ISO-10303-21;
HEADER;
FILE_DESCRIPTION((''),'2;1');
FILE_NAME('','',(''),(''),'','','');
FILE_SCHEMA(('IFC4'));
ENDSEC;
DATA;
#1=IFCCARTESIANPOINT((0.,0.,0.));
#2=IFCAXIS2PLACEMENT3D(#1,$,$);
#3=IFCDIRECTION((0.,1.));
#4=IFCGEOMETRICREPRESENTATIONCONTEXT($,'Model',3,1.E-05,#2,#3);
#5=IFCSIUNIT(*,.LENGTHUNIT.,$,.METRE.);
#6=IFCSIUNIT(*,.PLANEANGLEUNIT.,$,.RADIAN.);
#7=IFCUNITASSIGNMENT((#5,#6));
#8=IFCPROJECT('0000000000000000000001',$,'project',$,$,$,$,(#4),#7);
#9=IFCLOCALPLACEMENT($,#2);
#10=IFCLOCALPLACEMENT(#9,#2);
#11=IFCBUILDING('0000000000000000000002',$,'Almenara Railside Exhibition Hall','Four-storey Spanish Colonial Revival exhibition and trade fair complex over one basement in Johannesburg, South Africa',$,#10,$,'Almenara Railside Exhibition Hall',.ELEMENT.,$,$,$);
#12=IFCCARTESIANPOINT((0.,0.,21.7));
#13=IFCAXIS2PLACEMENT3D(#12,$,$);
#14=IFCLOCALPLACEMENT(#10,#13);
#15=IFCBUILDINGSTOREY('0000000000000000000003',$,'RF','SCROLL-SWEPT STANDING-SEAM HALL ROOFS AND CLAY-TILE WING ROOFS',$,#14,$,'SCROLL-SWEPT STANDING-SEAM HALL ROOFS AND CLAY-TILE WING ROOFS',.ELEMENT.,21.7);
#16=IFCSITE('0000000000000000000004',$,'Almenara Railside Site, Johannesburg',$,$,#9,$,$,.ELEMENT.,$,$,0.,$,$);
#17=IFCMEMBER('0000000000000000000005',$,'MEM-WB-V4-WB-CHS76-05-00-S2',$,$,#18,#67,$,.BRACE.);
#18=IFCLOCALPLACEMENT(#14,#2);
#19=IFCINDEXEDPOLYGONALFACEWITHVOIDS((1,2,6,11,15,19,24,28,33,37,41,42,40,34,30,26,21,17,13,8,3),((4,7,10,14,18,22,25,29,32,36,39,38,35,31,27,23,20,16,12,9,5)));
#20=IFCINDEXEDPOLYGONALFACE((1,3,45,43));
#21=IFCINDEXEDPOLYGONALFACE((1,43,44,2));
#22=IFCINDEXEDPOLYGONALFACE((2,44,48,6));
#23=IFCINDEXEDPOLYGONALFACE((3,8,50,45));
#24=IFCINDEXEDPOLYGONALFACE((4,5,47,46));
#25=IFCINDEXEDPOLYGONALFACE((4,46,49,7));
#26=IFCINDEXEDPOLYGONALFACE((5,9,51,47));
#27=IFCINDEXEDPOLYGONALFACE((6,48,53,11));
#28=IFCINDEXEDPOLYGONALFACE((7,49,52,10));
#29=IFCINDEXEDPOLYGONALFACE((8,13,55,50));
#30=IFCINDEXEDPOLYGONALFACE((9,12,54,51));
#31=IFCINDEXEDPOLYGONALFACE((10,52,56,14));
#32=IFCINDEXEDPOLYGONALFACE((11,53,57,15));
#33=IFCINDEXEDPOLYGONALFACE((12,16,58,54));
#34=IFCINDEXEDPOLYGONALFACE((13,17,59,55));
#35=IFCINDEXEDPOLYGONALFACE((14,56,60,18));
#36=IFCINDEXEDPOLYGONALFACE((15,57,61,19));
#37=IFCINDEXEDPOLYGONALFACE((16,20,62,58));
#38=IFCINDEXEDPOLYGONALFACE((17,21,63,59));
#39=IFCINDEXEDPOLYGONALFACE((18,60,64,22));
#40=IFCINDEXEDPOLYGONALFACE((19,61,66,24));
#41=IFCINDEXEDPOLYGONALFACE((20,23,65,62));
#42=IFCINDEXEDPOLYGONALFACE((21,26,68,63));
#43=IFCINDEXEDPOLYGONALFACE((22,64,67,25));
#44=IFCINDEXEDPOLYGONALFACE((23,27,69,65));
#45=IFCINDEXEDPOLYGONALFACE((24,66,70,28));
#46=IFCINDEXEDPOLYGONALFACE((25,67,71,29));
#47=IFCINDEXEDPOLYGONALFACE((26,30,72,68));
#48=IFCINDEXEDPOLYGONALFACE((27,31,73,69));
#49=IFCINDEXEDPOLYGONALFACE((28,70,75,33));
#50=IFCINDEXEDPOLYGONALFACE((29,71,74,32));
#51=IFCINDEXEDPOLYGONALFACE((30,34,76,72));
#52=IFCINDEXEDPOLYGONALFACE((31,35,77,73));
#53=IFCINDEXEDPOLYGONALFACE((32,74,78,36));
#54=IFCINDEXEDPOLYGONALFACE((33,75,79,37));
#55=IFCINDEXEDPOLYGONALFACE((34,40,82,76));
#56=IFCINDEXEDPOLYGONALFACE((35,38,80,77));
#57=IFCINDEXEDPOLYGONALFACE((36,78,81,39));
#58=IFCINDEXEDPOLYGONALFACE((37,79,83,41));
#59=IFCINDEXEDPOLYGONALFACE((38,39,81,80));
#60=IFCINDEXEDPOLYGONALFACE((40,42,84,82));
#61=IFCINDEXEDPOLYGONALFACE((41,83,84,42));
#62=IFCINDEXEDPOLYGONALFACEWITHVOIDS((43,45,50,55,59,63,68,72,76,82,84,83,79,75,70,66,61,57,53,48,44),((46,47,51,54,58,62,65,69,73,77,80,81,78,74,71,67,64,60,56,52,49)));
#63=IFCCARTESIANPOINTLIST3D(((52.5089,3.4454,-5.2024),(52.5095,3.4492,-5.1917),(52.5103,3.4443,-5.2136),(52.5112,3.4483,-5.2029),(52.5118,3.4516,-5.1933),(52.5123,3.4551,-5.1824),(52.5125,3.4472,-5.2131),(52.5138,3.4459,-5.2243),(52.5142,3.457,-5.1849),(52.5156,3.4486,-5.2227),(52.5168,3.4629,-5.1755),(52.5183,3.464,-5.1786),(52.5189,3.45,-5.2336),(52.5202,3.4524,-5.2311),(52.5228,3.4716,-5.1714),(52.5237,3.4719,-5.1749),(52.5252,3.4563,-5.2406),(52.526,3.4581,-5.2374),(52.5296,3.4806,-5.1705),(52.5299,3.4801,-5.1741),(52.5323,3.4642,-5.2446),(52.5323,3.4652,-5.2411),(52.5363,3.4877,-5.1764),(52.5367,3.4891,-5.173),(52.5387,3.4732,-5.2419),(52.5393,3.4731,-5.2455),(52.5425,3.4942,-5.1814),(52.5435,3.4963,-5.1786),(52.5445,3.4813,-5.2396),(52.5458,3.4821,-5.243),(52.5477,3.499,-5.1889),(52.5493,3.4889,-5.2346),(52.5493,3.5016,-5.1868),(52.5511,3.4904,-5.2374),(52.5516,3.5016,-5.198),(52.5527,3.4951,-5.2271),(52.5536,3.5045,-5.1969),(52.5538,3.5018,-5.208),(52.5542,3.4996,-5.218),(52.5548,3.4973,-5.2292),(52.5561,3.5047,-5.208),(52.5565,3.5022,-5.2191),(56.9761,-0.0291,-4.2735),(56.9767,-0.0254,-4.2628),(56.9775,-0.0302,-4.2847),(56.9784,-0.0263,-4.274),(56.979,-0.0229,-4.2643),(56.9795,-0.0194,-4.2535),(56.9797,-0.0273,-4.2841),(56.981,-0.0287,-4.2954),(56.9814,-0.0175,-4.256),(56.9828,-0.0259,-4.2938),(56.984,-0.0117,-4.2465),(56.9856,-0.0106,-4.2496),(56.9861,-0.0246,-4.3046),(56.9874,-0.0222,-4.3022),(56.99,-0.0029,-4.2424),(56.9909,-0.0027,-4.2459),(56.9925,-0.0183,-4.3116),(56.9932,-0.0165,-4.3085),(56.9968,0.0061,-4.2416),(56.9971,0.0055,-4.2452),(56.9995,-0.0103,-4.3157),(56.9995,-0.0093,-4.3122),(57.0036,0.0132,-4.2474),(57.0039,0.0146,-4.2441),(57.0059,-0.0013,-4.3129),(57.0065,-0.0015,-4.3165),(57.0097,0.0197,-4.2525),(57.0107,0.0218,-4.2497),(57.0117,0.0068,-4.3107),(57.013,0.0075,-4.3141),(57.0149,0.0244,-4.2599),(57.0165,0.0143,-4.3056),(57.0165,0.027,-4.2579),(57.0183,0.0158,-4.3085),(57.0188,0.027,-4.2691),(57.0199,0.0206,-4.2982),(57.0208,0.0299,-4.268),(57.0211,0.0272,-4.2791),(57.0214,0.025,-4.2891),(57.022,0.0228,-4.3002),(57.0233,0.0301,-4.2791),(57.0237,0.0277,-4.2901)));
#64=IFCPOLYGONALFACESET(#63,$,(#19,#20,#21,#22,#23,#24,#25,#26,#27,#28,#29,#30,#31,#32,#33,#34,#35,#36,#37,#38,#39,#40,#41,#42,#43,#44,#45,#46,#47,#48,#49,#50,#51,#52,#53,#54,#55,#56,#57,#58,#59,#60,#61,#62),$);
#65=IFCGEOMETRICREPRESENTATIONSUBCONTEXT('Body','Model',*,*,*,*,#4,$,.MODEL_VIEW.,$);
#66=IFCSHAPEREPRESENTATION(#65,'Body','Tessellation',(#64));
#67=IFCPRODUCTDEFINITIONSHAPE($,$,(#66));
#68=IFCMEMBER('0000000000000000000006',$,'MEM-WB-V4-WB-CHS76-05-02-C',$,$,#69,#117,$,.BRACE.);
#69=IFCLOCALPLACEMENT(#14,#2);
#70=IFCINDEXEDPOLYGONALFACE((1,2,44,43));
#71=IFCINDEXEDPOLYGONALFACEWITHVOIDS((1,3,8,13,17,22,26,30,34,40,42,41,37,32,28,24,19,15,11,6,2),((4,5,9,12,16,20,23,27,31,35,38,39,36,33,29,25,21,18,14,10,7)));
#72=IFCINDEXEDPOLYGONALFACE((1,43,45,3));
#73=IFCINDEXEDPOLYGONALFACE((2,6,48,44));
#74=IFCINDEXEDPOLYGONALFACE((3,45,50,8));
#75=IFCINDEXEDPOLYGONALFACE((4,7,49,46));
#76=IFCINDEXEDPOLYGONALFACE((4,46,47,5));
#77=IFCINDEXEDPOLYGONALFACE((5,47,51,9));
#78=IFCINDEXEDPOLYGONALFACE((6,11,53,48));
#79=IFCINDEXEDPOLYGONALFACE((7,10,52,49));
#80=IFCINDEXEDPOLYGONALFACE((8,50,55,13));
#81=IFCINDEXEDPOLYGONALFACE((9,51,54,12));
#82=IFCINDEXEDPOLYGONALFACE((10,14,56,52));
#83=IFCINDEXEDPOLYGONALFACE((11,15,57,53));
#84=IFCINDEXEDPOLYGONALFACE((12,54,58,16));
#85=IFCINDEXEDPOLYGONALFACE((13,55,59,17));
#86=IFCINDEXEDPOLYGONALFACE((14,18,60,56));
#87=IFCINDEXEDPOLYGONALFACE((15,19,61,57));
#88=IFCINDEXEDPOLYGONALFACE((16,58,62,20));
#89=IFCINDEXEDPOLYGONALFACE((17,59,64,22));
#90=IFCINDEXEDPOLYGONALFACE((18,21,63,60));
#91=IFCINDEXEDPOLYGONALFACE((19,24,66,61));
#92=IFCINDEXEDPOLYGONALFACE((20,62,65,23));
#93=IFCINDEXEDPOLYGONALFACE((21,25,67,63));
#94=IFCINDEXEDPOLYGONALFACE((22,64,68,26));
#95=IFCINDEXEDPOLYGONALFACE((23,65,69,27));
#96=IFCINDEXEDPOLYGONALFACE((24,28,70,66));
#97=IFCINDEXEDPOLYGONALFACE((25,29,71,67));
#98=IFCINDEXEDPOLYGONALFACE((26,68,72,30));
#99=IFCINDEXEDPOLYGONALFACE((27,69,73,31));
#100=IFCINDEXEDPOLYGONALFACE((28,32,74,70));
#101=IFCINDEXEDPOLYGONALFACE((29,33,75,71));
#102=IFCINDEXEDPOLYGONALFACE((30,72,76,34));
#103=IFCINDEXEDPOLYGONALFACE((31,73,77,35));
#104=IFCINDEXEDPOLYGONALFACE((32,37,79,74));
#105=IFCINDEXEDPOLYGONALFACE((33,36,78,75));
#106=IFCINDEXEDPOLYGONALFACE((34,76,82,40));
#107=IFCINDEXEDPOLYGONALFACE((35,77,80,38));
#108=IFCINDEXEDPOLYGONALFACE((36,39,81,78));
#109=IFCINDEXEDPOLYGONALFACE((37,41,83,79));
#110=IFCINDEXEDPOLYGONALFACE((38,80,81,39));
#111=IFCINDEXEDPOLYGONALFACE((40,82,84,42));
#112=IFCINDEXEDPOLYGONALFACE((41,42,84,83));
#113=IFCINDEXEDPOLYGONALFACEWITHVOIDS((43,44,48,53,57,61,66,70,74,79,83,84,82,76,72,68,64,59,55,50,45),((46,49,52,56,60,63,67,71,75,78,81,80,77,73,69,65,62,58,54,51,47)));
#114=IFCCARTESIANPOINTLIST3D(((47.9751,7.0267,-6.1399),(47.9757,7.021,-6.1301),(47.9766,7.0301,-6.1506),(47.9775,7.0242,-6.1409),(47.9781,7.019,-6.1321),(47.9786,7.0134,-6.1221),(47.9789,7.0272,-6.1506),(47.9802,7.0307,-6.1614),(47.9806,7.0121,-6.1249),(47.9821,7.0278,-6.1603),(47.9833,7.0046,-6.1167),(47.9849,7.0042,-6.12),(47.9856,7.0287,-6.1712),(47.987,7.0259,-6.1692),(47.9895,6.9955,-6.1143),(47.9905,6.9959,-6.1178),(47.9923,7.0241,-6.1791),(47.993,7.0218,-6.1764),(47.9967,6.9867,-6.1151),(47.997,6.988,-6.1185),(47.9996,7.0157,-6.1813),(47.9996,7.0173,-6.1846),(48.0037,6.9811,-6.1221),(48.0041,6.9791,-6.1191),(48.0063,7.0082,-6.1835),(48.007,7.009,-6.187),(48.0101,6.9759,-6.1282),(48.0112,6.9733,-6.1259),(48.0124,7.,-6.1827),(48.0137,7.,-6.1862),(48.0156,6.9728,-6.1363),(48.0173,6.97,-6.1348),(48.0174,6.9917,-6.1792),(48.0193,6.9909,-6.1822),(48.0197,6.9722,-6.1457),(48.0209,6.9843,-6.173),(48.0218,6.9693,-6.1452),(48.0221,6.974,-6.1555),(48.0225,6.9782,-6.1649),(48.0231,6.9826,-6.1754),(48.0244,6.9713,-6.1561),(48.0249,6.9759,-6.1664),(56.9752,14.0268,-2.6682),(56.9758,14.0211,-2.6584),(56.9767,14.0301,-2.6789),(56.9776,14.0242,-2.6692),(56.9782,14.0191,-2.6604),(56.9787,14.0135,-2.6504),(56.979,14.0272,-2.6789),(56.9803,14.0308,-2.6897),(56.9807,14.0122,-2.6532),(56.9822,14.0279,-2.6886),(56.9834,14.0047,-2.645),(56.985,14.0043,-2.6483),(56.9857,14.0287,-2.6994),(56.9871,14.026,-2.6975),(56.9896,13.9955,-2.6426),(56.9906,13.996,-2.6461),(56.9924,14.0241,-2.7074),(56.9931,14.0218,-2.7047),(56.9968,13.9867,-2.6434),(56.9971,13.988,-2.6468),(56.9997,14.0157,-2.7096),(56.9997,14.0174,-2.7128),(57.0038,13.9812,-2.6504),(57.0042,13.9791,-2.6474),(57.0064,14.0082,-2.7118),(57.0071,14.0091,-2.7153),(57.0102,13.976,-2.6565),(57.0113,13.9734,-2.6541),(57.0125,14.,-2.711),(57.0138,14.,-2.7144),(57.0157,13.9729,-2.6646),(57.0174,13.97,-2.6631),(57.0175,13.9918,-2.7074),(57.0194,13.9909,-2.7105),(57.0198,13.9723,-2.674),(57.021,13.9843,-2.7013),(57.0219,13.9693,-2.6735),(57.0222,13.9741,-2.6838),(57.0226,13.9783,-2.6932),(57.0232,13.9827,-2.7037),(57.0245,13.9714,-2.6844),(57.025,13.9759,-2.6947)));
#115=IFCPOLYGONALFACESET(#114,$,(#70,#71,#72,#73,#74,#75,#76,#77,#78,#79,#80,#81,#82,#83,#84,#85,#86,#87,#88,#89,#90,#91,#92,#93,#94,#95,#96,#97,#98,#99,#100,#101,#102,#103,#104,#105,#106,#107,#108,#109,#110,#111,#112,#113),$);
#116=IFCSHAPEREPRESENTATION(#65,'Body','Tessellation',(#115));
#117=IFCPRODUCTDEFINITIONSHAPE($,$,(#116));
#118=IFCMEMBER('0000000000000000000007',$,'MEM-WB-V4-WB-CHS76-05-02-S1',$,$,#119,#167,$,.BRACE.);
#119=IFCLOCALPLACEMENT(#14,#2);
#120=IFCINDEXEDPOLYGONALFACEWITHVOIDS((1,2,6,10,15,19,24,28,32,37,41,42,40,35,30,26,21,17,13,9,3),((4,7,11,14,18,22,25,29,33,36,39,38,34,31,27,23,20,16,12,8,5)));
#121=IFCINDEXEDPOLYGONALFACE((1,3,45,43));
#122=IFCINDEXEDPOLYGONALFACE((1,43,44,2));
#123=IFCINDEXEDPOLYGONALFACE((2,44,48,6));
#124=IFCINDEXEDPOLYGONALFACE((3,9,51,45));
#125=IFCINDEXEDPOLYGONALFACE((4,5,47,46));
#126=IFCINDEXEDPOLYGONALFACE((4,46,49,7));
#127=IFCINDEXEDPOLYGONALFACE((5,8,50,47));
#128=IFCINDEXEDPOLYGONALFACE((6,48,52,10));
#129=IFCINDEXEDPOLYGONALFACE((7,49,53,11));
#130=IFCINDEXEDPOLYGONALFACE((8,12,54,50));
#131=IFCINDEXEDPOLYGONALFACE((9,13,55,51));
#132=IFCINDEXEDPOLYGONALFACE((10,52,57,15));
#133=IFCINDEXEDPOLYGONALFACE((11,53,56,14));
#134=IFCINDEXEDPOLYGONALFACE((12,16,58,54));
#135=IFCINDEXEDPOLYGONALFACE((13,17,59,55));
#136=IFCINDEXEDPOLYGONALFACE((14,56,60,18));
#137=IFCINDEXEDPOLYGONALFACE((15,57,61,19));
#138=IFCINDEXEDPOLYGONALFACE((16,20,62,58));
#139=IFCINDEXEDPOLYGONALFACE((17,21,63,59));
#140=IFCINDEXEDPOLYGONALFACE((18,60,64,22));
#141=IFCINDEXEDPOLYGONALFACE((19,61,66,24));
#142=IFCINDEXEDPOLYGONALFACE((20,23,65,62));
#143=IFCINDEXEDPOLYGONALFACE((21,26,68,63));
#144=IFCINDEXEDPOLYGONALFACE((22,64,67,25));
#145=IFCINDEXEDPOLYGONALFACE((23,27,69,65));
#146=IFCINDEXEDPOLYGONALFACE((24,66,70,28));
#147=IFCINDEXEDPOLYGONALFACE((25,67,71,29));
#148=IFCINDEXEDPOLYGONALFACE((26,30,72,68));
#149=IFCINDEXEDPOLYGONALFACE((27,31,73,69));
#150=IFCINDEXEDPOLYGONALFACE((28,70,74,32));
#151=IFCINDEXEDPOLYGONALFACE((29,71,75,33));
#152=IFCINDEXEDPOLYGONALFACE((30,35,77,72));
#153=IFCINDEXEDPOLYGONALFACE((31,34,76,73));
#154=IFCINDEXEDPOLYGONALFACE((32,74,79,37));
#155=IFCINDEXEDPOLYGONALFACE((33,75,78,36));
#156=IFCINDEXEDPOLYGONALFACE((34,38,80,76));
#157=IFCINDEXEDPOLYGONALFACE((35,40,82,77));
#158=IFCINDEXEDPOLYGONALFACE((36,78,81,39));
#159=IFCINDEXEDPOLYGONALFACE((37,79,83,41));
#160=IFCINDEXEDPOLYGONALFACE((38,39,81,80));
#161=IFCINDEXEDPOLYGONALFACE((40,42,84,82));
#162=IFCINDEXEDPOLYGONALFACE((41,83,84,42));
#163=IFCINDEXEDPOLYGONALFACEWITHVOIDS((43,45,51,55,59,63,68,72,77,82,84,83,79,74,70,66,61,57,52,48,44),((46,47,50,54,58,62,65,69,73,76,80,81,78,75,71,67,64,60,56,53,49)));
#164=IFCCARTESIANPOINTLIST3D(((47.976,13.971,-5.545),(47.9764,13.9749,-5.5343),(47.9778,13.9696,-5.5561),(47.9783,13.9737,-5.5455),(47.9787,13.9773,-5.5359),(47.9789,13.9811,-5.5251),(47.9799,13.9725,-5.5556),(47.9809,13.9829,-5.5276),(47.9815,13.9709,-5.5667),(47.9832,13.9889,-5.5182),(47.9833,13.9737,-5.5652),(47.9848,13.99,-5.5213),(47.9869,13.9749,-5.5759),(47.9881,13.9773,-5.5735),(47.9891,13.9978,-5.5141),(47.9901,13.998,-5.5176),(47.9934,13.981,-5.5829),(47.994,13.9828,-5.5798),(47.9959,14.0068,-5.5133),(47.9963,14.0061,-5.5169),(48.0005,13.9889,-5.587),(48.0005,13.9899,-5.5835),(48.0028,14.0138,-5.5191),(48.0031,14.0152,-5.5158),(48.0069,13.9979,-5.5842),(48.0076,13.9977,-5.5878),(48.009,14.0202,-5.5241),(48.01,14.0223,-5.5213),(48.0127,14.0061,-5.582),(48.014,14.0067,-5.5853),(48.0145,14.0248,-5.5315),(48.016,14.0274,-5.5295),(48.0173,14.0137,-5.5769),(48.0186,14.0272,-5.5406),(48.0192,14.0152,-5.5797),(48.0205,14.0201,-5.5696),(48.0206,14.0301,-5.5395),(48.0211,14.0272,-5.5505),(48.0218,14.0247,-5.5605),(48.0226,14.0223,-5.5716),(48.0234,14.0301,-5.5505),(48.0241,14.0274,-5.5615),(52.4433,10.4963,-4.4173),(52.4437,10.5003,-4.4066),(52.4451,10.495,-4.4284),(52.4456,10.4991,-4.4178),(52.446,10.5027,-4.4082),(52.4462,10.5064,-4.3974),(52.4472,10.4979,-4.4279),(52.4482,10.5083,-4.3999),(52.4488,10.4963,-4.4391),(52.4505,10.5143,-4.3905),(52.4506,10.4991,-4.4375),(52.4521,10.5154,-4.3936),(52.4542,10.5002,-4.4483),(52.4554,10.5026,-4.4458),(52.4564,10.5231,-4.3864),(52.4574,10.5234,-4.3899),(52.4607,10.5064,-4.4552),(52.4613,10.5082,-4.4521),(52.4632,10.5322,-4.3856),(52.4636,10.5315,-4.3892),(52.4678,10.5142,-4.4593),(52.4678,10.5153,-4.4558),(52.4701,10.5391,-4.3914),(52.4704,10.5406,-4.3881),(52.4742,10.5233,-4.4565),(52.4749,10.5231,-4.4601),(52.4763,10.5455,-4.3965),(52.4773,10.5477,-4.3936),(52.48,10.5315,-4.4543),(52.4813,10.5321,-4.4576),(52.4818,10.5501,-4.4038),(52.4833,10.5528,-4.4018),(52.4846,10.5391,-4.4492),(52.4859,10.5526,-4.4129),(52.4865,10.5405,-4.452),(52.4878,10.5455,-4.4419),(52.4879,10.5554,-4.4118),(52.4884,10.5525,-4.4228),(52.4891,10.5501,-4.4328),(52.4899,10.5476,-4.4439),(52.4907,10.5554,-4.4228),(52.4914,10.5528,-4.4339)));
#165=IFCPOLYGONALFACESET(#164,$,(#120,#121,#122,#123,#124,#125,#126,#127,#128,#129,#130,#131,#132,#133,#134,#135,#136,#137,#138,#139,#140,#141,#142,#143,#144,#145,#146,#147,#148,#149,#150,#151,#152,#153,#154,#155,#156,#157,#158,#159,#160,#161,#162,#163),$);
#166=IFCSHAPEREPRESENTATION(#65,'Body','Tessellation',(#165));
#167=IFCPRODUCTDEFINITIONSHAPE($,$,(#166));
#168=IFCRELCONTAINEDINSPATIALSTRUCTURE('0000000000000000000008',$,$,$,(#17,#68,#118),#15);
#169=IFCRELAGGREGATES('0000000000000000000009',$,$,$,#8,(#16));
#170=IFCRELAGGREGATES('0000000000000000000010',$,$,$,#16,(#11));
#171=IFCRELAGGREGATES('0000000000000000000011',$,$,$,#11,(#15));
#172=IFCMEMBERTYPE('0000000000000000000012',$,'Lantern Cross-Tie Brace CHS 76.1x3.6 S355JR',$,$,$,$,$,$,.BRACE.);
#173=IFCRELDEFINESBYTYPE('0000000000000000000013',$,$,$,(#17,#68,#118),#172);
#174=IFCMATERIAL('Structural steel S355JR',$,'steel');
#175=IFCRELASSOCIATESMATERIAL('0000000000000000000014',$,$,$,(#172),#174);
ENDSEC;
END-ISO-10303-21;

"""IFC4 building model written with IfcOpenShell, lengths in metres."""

from ifc_helpers import new_model, si_unit, direction, frame, origin, origin_2d, place, context, subcontext, project, spatial, hollow_circle, extrude, material, material_profile, profile_set, type_object, element, save


model = new_model("IFC4")

# Units and contexts
model_context = context("Model", 3, precision=1e-05, world=origin(), true_north=direction((0.0, 1.0)))
body_context = subcontext(model_context, "Body", "Model", "MODEL_VIEW")
ifc_project = project(units=[si_unit("LENGTHUNIT", "METRE"), si_unit("PLANEANGLEUNIT", "RADIAN")], contexts=[model_context])

# Site, building, storey
site_placement = place(None, origin())
site = spatial("IfcSite", under=ifc_project, at=site_placement, Name="Almenara Railside Site, Johannesburg", CompositionType="ELEMENT", RefElevation=0.0)
building_placement = place(site_placement, origin())
building = spatial("IfcBuilding", under=site, at=building_placement, Name="Almenara Railside Exhibition Hall", Description="Four-storey Spanish Colonial Revival exhibition and trade fair complex over one basement in Johannesburg, South Africa", LongName="Almenara Railside Exhibition Hall", CompositionType="ELEMENT")
storey_placement = place(building_placement, frame((0.0, 0.0, 21.7)))
storey = spatial("IfcBuildingStorey", under=building, at=storey_placement, Name="RF", Description="SCROLL-SWEPT STANDING-SEAM HALL ROOFS AND CLAY-TILE WING ROOFS", LongName="SCROLL-SWEPT STANDING-SEAM HALL ROOFS AND CLAY-TILE WING ROOFS", CompositionType="ELEMENT", Elevation=21.7)

# Members
ifc_material_1 = material(Name="Structural steel S355JR", Category="steel")
ifc_material_profile_1 = material_profile(ifc_material_1, hollow_circle(Radius=0.0381, WallThickness=0.0037, at=origin_2d()), Name="CHS 76.1x3.6")
ifc_profile_set_1 = profile_set([ifc_material_profile_1], Name="Structural steel S355JR")
member_type_1 = type_object("IfcMemberType", Name="Lantern Cross-Tie Brace CHS 76.1x3.6 S355JR", PredefinedType="BRACE", material=ifc_profile_set_1)
member_1_placement = place(storey_placement, frame((52.5327, 3.4746, -5.208), z_axis=(0.778924, -0.605839, 0.161974), x_axis=(0.613947, 0.789348, 0.0)))
element("IfcMember", 1, at=member_1_placement, inside=storey, type_object=member_type_1, Name="MEM-WB-V4-WB-CHS76-05-00-S2", PredefinedType="BRACE", context=body_context, shape_type="SweptSolid", body=[
    extrude(hollow_circle(Radius=0.0381, WallThickness=0.0037, at=origin_2d()), origin(), (0.0, 0.0, 1.0), 5.7351),
])
member_2_placement = place(storey_placement, frame((48.0, 7.0, -6.1506), z_axis=(0.755123, 0.587318, 0.291283), x_axis=(-0.613941, 0.789352, 0.0)))
element("IfcMember", 2, at=member_2_placement, inside=storey, type_object=member_type_1, Name="MEM-WB-V4-WB-CHS76-05-02-C", PredefinedType="BRACE", context=body_context, shape_type="SweptSolid", body=[
    extrude(hollow_circle(Radius=0.0381, WallThickness=0.0037, at=origin_2d()), origin(), (0.0, 0.0, 1.0), 11.9187),
])
for number, where, z_axis, x_axis, name in (
    (3, (48.0, 14.0, -5.5505), (0.774129, -0.60211, 0.195415), (0.613947, 0.789348, 0.0), "MEM-WB-V4-WB-CHS76-05-02-S1"),
):
    element("IfcMember", number, at=place(storey_placement, frame(where, z_axis=z_axis, x_axis=x_axis)), inside=storey, type_object=member_type_1, Name=name, PredefinedType="BRACE", context=body_context, shape_type="SweptSolid", body=[
        extrude(hollow_circle(Radius=0.0381, WallThickness=0.0037, at=origin_2d()), origin(), (0.0, 0.0, 1.0), 5.7708),
    ])

save(model, "model.ifc")
